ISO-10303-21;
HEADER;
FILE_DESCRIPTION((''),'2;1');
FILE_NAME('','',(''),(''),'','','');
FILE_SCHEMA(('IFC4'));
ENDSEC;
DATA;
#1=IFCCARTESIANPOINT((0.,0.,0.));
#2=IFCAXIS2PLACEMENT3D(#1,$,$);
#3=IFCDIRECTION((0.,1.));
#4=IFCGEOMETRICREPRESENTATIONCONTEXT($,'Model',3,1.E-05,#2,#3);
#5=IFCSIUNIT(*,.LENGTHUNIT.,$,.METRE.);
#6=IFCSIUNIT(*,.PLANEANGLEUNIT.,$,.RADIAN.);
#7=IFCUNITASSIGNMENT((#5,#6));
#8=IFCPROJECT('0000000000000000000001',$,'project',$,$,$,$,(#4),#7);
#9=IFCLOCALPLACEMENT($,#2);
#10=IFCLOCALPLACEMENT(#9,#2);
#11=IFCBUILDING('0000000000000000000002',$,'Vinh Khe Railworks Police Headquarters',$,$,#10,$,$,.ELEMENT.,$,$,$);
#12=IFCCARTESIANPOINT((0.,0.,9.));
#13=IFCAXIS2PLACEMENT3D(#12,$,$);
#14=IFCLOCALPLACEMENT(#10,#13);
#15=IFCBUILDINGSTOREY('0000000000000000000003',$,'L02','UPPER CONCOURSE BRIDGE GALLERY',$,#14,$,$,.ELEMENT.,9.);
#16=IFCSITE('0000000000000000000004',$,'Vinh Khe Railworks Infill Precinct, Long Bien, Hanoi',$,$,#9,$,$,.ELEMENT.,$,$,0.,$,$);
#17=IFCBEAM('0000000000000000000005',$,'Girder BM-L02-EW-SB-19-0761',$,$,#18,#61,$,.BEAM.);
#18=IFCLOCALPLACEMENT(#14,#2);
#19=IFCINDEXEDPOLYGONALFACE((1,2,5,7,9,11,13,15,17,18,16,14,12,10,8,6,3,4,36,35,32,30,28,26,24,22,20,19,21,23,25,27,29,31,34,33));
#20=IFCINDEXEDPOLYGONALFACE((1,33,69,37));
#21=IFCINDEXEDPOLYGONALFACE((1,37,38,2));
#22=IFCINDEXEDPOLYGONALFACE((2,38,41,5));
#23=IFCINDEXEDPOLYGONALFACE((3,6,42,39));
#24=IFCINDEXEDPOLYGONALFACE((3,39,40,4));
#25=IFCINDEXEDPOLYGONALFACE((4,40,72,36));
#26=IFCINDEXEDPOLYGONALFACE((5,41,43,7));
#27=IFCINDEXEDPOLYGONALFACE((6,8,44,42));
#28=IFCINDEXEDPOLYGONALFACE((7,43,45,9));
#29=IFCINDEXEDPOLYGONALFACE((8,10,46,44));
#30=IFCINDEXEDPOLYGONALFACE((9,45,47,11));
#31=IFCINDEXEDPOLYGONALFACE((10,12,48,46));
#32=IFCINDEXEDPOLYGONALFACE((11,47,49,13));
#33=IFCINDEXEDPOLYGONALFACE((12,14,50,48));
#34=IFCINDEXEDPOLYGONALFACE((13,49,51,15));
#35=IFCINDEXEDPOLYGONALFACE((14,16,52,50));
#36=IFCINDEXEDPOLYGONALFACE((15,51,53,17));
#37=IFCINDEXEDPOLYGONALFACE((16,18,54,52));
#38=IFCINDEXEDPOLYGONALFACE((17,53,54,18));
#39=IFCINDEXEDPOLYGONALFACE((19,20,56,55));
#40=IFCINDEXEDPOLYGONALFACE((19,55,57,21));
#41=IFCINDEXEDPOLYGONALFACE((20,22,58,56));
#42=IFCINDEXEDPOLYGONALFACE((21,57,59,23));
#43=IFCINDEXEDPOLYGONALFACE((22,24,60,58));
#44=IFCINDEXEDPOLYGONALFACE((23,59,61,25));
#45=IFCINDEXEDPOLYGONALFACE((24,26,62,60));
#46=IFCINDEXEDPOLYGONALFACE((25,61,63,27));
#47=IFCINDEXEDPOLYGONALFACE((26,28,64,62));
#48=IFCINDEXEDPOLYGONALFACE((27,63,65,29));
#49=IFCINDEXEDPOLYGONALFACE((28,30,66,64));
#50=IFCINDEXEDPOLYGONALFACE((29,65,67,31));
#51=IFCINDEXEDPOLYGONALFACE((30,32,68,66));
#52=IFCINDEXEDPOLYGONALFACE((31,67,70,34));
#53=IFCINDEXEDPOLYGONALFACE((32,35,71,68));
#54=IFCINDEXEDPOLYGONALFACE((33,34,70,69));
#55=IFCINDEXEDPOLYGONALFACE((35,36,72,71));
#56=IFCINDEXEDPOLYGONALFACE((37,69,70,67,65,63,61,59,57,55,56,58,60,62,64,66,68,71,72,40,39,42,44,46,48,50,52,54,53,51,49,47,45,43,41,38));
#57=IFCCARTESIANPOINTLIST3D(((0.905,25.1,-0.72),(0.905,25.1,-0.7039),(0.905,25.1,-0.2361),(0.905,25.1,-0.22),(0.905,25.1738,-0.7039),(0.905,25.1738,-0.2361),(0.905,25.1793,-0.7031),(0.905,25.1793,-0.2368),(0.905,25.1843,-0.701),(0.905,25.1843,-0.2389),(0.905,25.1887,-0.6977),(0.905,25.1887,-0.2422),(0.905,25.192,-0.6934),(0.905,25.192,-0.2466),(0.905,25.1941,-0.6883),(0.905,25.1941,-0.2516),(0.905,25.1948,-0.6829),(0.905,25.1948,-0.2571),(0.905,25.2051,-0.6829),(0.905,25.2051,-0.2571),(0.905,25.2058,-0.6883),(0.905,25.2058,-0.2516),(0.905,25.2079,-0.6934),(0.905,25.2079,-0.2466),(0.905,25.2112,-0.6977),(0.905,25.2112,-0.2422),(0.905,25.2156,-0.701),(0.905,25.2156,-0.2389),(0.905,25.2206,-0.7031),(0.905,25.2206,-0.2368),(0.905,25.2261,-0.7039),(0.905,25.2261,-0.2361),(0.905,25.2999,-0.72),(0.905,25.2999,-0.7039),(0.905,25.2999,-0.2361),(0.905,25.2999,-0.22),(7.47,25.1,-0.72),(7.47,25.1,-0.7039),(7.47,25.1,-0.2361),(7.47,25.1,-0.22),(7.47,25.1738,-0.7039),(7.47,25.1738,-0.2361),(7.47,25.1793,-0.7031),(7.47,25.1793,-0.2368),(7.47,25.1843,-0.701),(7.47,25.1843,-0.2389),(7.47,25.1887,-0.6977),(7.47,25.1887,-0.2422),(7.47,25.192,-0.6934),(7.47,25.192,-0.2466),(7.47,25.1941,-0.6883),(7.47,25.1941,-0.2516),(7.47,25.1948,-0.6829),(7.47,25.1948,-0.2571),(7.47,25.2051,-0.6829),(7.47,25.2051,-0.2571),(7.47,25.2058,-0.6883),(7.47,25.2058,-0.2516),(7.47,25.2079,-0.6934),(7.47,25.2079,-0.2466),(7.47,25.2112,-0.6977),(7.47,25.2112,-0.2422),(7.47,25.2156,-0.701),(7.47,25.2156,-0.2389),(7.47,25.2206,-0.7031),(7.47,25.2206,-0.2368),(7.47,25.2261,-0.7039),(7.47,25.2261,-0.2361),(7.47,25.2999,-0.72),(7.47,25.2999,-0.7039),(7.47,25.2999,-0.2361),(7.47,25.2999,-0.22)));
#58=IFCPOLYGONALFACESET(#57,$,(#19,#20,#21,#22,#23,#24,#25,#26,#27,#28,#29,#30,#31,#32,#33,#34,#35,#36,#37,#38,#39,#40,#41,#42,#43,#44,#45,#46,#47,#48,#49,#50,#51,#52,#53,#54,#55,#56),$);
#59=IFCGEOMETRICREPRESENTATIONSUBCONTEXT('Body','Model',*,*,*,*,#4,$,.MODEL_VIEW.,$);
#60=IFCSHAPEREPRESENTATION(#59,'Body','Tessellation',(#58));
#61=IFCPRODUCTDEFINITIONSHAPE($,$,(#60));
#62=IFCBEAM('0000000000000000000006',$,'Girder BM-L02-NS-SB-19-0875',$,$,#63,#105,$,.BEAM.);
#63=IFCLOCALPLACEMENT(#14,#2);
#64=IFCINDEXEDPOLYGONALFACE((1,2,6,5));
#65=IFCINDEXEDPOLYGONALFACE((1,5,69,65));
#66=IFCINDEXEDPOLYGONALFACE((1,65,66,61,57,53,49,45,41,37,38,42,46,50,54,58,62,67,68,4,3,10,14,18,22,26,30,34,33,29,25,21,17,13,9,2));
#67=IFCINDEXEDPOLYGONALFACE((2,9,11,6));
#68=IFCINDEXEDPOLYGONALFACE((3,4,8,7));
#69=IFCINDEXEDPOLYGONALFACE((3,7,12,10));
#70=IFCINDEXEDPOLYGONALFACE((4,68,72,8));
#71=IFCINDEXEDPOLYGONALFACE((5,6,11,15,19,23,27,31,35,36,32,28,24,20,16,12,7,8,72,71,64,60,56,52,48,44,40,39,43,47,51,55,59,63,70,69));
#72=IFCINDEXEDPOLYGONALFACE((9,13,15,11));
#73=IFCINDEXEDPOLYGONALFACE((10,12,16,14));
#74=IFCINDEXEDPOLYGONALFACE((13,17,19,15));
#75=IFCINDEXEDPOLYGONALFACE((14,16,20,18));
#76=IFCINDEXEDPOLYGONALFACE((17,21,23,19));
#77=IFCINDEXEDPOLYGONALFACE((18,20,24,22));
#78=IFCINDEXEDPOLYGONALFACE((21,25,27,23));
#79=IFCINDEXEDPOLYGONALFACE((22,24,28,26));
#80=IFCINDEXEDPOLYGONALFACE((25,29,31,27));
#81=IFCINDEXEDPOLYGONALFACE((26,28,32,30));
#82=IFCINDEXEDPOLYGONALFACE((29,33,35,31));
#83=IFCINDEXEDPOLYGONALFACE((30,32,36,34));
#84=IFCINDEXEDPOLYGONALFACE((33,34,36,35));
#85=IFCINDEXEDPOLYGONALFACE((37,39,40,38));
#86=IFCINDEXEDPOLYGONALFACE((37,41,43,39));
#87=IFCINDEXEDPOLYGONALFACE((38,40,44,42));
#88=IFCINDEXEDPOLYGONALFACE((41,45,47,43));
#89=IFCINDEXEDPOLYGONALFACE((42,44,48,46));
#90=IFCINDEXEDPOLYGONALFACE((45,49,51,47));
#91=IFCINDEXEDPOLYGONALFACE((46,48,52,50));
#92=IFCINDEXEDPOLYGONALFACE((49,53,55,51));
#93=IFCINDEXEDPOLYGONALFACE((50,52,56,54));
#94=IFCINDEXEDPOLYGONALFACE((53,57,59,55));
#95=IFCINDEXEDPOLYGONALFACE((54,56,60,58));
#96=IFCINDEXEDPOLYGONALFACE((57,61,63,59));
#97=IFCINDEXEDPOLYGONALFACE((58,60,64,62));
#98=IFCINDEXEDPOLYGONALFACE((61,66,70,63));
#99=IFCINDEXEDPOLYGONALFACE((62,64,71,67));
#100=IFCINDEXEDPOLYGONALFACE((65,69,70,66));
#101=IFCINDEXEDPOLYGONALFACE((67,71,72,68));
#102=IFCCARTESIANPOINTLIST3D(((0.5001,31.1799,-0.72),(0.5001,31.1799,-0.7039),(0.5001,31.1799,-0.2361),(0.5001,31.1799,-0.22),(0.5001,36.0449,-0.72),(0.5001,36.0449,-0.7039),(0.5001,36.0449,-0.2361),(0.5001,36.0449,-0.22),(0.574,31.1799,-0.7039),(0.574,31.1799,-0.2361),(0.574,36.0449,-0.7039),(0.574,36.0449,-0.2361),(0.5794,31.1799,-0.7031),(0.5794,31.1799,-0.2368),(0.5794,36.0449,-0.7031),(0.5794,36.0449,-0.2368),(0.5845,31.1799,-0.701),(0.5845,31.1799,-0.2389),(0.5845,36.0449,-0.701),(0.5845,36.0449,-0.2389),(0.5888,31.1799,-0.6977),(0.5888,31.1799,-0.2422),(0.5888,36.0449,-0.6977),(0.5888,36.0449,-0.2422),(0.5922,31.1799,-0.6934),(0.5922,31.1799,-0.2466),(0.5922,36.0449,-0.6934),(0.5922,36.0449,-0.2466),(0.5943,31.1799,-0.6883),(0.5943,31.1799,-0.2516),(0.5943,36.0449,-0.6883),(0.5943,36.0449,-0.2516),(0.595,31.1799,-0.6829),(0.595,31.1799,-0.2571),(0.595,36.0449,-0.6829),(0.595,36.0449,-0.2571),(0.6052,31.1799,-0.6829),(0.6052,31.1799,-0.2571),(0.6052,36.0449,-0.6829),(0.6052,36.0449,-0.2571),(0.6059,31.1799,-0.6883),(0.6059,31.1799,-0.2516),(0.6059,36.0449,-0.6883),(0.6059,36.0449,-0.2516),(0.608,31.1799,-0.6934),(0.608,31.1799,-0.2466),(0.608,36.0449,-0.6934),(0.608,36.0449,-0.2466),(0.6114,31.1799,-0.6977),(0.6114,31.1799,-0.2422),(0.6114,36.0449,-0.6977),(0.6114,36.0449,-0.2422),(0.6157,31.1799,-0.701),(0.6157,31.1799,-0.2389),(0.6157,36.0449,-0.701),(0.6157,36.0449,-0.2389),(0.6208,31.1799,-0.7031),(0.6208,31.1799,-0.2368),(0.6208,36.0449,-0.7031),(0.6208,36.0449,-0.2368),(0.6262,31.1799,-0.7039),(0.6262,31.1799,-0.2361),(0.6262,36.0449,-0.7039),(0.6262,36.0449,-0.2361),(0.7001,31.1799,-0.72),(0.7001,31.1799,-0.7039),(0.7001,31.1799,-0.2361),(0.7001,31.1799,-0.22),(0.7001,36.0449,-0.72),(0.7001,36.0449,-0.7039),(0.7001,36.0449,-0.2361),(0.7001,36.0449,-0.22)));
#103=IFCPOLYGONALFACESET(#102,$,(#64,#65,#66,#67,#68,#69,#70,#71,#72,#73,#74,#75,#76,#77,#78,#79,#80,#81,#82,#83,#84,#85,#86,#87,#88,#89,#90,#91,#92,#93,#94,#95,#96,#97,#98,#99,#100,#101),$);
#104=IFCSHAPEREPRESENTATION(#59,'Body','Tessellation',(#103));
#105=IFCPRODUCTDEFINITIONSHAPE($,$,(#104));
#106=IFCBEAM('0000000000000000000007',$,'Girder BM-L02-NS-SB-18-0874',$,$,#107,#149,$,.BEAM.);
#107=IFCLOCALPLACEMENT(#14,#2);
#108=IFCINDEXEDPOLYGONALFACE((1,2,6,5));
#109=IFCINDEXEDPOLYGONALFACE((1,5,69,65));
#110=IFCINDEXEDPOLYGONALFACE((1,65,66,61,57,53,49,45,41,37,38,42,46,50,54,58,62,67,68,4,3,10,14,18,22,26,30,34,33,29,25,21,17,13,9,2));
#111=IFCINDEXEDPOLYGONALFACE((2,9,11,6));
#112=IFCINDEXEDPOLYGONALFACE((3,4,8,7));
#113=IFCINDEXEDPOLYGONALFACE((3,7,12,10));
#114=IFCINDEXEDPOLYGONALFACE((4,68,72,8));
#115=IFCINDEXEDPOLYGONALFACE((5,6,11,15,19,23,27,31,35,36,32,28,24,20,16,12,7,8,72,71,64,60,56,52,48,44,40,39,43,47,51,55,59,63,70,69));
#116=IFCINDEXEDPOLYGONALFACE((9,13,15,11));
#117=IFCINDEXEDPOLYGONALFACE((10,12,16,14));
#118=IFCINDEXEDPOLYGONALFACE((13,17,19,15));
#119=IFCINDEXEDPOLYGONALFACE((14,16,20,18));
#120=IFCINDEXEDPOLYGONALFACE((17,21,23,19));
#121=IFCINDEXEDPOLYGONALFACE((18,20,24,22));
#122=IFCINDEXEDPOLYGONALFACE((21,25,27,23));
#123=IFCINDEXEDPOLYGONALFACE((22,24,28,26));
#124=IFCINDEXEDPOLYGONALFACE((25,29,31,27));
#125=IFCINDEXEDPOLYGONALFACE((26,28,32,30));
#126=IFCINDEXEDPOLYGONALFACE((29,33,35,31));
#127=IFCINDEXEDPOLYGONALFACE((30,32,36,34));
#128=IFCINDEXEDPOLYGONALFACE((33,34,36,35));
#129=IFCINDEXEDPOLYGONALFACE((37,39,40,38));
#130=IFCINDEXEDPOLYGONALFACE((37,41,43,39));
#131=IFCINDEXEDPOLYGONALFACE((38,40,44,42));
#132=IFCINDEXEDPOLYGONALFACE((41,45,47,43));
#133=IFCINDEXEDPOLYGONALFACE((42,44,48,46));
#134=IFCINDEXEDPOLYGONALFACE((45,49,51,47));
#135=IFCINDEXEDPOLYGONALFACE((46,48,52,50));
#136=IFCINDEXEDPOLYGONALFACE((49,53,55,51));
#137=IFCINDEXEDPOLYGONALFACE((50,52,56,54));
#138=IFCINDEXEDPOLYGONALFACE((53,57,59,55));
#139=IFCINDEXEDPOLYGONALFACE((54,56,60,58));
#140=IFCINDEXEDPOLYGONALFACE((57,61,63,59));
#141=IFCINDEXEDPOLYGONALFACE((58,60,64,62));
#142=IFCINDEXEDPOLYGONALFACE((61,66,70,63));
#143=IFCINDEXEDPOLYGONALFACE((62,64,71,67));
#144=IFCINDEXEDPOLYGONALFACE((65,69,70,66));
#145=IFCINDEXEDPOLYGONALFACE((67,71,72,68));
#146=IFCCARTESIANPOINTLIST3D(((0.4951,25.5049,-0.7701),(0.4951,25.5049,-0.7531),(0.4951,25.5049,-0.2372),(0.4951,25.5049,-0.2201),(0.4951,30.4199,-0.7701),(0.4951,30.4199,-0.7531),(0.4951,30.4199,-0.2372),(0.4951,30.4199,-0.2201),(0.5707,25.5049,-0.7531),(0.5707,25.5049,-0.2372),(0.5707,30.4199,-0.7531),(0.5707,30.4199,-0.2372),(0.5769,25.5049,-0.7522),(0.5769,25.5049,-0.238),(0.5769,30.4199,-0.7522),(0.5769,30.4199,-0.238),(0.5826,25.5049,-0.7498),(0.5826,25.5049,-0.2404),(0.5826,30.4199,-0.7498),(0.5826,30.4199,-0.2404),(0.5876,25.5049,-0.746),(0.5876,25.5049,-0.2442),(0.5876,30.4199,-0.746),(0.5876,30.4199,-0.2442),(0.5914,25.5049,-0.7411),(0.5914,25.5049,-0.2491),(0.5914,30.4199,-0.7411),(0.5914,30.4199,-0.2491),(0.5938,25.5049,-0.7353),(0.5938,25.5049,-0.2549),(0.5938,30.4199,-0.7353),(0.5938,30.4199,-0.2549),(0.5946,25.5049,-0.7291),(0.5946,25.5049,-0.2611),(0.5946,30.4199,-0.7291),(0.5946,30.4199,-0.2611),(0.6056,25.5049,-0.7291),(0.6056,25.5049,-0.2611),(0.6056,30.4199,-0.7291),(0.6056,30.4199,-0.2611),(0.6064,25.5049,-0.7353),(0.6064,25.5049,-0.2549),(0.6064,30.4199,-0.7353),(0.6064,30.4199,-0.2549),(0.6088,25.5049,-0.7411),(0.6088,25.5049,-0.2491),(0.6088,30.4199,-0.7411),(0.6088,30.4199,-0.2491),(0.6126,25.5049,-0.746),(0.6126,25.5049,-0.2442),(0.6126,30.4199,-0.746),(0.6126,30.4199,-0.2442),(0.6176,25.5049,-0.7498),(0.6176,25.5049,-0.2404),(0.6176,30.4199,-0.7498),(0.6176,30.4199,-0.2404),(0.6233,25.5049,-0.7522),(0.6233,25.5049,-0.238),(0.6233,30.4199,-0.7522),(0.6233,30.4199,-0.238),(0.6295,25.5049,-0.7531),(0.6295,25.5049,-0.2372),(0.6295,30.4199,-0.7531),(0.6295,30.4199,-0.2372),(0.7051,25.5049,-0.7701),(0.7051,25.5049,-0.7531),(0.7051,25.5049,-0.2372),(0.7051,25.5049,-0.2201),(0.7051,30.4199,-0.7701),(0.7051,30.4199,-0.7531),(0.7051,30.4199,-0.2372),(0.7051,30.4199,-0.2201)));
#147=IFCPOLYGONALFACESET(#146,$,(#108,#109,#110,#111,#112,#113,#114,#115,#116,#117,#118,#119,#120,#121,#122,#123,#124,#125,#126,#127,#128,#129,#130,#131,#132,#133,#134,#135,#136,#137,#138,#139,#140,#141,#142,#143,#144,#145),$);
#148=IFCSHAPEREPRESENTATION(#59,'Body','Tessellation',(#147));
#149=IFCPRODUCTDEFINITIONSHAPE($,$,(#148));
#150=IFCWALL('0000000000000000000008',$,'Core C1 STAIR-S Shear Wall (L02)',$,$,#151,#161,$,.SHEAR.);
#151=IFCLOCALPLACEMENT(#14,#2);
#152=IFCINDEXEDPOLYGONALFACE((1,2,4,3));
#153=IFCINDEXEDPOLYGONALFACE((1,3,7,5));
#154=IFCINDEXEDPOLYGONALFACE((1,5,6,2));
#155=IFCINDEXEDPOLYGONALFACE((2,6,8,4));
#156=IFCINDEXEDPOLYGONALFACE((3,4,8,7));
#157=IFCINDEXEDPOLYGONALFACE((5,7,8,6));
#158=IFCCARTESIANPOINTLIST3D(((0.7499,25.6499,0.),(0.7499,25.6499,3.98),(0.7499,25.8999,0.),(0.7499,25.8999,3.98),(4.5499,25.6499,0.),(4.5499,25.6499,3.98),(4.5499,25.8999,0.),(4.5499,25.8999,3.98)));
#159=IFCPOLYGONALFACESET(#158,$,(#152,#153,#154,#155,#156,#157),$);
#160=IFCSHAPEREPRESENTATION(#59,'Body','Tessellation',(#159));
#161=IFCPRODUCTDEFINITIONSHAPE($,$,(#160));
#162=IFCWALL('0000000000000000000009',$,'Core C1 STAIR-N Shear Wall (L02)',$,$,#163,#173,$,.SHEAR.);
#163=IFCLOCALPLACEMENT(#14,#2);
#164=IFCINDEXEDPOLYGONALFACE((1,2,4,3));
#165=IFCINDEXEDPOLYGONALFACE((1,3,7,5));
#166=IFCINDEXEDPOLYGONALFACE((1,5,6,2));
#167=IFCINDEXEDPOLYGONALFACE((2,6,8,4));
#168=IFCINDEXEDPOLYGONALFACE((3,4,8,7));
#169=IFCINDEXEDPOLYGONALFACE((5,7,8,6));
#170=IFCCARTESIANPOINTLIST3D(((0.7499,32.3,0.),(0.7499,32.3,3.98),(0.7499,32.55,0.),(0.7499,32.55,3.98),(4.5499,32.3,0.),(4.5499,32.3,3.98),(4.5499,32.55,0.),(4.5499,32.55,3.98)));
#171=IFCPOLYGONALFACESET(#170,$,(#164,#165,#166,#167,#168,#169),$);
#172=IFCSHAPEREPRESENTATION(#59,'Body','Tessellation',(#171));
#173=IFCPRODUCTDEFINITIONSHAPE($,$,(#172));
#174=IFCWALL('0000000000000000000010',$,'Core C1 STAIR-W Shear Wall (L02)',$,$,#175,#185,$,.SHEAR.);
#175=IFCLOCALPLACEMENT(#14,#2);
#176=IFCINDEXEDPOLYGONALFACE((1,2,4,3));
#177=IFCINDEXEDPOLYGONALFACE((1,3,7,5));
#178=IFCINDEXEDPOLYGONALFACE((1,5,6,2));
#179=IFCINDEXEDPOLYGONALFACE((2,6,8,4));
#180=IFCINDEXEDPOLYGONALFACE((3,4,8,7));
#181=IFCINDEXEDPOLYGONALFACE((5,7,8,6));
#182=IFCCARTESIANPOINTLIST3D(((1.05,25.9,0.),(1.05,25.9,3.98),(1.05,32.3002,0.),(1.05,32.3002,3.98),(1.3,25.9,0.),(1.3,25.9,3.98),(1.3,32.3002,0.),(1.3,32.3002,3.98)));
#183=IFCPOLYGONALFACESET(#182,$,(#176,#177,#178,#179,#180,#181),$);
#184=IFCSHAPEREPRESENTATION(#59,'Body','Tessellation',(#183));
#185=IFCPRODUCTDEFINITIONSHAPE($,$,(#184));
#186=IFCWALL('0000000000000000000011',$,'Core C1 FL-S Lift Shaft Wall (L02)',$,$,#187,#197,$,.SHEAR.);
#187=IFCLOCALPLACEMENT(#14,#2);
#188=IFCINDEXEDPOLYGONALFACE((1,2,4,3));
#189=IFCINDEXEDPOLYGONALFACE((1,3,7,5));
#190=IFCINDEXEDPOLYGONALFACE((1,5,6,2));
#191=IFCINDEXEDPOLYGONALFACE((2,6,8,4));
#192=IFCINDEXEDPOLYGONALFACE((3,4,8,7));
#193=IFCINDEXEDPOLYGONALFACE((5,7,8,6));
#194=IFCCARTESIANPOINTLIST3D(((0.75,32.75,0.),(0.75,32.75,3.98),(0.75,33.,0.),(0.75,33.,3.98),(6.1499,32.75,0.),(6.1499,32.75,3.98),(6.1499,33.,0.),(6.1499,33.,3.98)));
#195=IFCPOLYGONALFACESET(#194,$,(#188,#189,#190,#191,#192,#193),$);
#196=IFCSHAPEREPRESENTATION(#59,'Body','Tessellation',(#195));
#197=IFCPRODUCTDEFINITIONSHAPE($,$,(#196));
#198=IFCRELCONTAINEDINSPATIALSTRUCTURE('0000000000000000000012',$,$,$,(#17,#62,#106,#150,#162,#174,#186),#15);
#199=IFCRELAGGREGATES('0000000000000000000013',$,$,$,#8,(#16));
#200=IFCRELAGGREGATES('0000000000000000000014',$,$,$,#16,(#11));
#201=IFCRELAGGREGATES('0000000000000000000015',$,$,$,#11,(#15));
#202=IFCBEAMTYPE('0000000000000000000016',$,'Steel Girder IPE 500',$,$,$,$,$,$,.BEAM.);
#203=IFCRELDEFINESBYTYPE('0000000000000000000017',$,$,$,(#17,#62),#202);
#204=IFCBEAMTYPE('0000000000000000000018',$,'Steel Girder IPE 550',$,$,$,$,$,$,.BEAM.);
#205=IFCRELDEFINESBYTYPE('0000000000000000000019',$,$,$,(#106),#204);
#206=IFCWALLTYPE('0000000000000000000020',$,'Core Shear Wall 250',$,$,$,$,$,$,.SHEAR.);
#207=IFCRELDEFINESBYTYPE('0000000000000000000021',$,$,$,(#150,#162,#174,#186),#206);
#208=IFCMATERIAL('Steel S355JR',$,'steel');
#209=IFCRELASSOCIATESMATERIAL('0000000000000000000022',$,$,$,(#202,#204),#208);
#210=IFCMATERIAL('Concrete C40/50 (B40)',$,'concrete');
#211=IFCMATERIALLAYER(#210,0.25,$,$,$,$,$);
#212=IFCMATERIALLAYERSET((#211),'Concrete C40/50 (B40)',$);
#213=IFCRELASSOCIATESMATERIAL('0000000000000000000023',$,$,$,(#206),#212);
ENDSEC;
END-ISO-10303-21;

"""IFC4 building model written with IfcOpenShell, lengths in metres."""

from ifc_helpers import new_model, si_unit, direction, frame, frame_2d, origin, origin_2d, place, context, subcontext, project, spatial, rectangle, i_section, extrude, material, layer, layer_set, material_profile, profile_set, type_object, element, save


model = new_model("IFC4")

# Units and contexts
model_context = context("Model", 3, precision=1e-05, world=origin(), true_north=direction((0.0, 1.0)))
body_context = subcontext(model_context, "Body", "Model", "MODEL_VIEW")
ifc_project = project(units=[si_unit("LENGTHUNIT", "METRE"), si_unit("PLANEANGLEUNIT", "RADIAN")], contexts=[model_context])

# Site, building, storey
site_placement = place(None, origin())
site = spatial("IfcSite", under=ifc_project, at=site_placement, Name="Vinh Khe Railworks Infill Precinct, Long Bien, Hanoi", CompositionType="ELEMENT", RefElevation=0.0)
building_placement = place(site_placement, origin())
building = spatial("IfcBuilding", under=site, at=building_placement, Name="Vinh Khe Railworks Police Headquarters", CompositionType="ELEMENT")
storey_placement = place(building_placement, frame((0.0, 0.0, 9.0)))
storey = spatial("IfcBuildingStorey", under=building, at=storey_placement, Name="L02", Description="UPPER CONCOURSE BRIDGE GALLERY", CompositionType="ELEMENT", Elevation=9.0)

# Shared definitions
ifc_material_1 = material(Name="Steel S355JR", Category="steel")

# Beams
ifc_material_profile_1 = material_profile(ifc_material_1, i_section(OverallWidth=0.2, OverallDepth=0.5, WebThickness=0.0103, FlangeThickness=0.0161, FilletRadius=0.021, at=origin_2d()), Name="IPE 500")
ifc_profile_set_1 = profile_set([ifc_material_profile_1], Name="Steel S355JR")
beam_type_1 = type_object("IfcBeamType", Name="Steel Girder IPE 500", PredefinedType="BEAM", material=ifc_profile_set_1)
beam_1_placement = place(storey_placement, frame((0.905, 25.2, -0.47), z_axis=(1.0, 0.0, 0.0), x_axis=(0.0, 1.0, 0.0)))
element("IfcBeam", 1, at=beam_1_placement, inside=storey, type_object=beam_type_1, Name="Girder BM-L02-EW-SB-19-0761", PredefinedType="BEAM", context=body_context, shape_type="SweptSolid", body=[
    extrude(i_section(OverallWidth=0.2, OverallDepth=0.5, WebThickness=0.0103, FlangeThickness=0.0161, FilletRadius=0.021, at=origin_2d()), origin(), (0.0, 0.0, 1.0), 6.5649),
])
beam_2_placement = place(storey_placement, frame((0.6001, 31.1799, -0.47), z_axis=(0.0, 1.0, 0.0), x_axis=(-1.0, 0.0, 0.0)))
element("IfcBeam", 2, at=beam_2_placement, inside=storey, type_object=beam_type_1, Name="Girder BM-L02-NS-SB-19-0875", PredefinedType="BEAM", context=body_context, shape_type="SweptSolid", body=[
    extrude(i_section(OverallWidth=0.2, OverallDepth=0.5, WebThickness=0.0103, FlangeThickness=0.0161, FilletRadius=0.021, at=origin_2d()), origin(), (0.0, 0.0, 1.0), 4.865),
])
ifc_material_profile_2 = material_profile(ifc_material_1, i_section(OverallWidth=0.21, OverallDepth=0.55, WebThickness=0.011, FlangeThickness=0.0171, FilletRadius=0.0239, at=origin_2d()), Name="IPE 550")
ifc_profile_set_2 = profile_set([ifc_material_profile_2], Name="Steel S355JR")
beam_type_2 = type_object("IfcBeamType", Name="Steel Girder IPE 550", PredefinedType="BEAM", material=ifc_profile_set_2)
beam_3_placement = place(storey_placement, frame((0.6001, 25.5049, -0.4951), z_axis=(0.0, 1.0, 0.0), x_axis=(-1.0, 0.0, 0.0)))
element("IfcBeam", 3, at=beam_3_placement, inside=storey, type_object=beam_type_2, Name="Girder BM-L02-NS-SB-18-0874", PredefinedType="BEAM", context=body_context, shape_type="SweptSolid", body=[
    extrude(i_section(OverallWidth=0.21, OverallDepth=0.55, WebThickness=0.011, FlangeThickness=0.0171, FilletRadius=0.0239, at=origin_2d()), origin(), (0.0, 0.0, 1.0), 4.915),
])

# Walls
ifc_material_2 = material(Name="Concrete C40/50 (B40)", Category="concrete")
ifc_layer_1 = layer(ifc_material_2, 0.25)
ifc_layer_set_1 = layer_set([ifc_layer_1], Name="Concrete C40/50 (B40)")
wall_type_1 = type_object("IfcWallType", Name="Core Shear Wall 250", PredefinedType="SHEAR", material=ifc_layer_set_1)
for number, where, z_axis, x_axis, name in (
    (4, (0.75, 25.7749, 0.0), (0.0, 0.0, 1.0), (1.0, 0.0, 0.0), "Core C1 STAIR-S Shear Wall (L02)"),
    (5, (0.75, 32.425, 0.0), (0.0, 0.0, 1.0), (1.0, 0.0, 0.0), "Core C1 STAIR-N Shear Wall (L02)"),
):
    element("IfcWall", number, at=place(storey_placement, frame(where, z_axis=z_axis, x_axis=x_axis)), inside=storey, type_object=wall_type_1, Name=name, PredefinedType="SHEAR", context=body_context, shape_type="SweptSolid", body=[
        extrude(rectangle(XDim=3.8, YDim=0.25, at=frame_2d((1.8999, 0.0))), origin(), (0.0, 0.0, 1.0), 3.98),
    ])
wall_1_placement = place(storey_placement, frame((1.175, 25.8999, 0.0), z_axis=(0.0, 0.0, 1.0), x_axis=(0.0, 1.0, 0.0)))
element("IfcWall", 6, at=wall_1_placement, inside=storey, type_object=wall_type_1, Name="Core C1 STAIR-W Shear Wall (L02)", PredefinedType="SHEAR", context=body_context, shape_type="SweptSolid", body=[
    extrude(rectangle(XDim=6.4001, YDim=0.25, at=frame_2d((3.2002, 0.0))), origin(), (0.0, 0.0, 1.0), 3.98),
])
wall_2_placement = place(storey_placement, frame((0.75, 32.875, 0.0), z_axis=(0.0, 0.0, 1.0), x_axis=(1.0, 0.0, 0.0)))
element("IfcWall", 7, at=wall_2_placement, inside=storey, type_object=wall_type_1, Name="Core C1 FL-S Lift Shaft Wall (L02)", PredefinedType="SHEAR", context=body_context, shape_type="SweptSolid", body=[
    extrude(rectangle(XDim=5.3999, YDim=0.25, at=frame_2d((2.7, 0.0))), origin(), (0.0, 0.0, 1.0), 3.98),
])

save(model, "model.ifc")
